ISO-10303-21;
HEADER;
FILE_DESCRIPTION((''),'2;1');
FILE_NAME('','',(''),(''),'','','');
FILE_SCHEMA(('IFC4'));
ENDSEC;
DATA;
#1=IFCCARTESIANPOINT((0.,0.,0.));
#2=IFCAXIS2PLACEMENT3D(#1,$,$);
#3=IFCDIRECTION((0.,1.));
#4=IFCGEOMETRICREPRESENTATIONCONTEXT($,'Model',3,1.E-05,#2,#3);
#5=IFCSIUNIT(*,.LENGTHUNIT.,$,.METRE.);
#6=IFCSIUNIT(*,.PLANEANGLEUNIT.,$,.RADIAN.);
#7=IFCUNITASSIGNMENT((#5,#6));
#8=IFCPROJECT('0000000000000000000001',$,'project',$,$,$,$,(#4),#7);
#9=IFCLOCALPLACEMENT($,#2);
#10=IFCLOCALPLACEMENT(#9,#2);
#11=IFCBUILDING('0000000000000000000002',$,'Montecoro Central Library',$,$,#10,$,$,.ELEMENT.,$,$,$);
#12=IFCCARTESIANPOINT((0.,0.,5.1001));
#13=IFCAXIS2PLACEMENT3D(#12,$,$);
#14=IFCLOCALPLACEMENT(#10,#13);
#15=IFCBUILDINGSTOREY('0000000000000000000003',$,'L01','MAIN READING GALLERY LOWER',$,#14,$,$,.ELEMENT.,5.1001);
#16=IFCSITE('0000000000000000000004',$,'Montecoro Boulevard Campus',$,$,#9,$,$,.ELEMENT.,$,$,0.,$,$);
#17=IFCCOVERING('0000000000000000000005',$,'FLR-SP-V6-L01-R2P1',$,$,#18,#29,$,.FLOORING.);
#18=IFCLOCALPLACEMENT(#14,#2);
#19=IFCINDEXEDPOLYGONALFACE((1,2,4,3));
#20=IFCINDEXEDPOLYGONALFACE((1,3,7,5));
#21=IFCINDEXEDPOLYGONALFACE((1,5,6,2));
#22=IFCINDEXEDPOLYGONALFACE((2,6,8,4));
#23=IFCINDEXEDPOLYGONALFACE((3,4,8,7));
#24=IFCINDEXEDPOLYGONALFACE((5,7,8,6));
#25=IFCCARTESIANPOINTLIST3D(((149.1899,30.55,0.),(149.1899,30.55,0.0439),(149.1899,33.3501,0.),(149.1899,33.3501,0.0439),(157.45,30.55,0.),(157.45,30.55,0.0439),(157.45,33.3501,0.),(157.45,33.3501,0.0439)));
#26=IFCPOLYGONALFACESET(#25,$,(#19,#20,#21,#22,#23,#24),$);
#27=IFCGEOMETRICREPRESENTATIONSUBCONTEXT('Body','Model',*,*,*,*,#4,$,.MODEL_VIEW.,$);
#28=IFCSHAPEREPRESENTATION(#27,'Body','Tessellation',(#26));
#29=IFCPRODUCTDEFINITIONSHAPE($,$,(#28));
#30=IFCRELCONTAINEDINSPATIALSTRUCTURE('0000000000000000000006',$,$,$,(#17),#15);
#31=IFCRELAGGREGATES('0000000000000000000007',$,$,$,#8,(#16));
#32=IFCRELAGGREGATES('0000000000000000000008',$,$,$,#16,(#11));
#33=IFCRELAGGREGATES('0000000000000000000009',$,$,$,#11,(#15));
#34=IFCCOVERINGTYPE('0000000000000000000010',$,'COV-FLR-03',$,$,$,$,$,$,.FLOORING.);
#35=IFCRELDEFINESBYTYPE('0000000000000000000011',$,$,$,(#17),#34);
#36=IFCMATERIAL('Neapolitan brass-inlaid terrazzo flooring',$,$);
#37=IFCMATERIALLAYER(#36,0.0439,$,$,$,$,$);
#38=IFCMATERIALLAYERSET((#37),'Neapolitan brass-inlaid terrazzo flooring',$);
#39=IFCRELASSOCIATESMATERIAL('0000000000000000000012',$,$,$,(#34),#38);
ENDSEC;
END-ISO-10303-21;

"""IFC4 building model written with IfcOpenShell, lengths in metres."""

from ifc_helpers import new_model, si_unit, direction, frame, origin, place, context, subcontext, project, spatial, polyline, outline, extrude, material, layer, layer_set, type_object, element, save


model = new_model("IFC4")

# Units and contexts
model_context = context("Model", 3, precision=1e-05, world=origin(), true_north=direction((0.0, 1.0)))
body_context = subcontext(model_context, "Body", "Model", "MODEL_VIEW")
ifc_project = project(units=[si_unit("LENGTHUNIT", "METRE"), si_unit("PLANEANGLEUNIT", "RADIAN")], contexts=[model_context])

# Site, building, storey
site_placement = place(None, origin())
site = spatial("IfcSite", under=ifc_project, at=site_placement, Name="Montecoro Boulevard Campus", CompositionType="ELEMENT", RefElevation=0.0)
building_placement = place(site_placement, origin())
building = spatial("IfcBuilding", under=site, at=building_placement, Name="Montecoro Central Library", CompositionType="ELEMENT")
storey_placement = place(building_placement, frame((0.0, 0.0, 5.1001)))
storey = spatial("IfcBuildingStorey", under=building, at=storey_placement, Name="L01", Description="MAIN READING GALLERY LOWER", CompositionType="ELEMENT", Elevation=5.1001)

# Covering
ifc_material_1 = material(Name="Neapolitan brass-inlaid terrazzo flooring")
ifc_layer_1 = layer(ifc_material_1, 0.0439)
ifc_layer_set_1 = layer_set([ifc_layer_1], Name="Neapolitan brass-inlaid terrazzo flooring")
covering_type_1 = type_object("IfcCoveringType", Name="COV-FLR-03", PredefinedType="FLOORING", material=ifc_layer_set_1)
covering_1_placement = place(storey_placement, origin())
element("IfcCovering", 1, at=covering_1_placement, inside=storey, type_object=covering_type_1, Name="FLR-SP-V6-L01-R2P1", PredefinedType="FLOORING", context=body_context, shape_type="SweptSolid", body=[
    extrude(outline(polyline([(149.1899, 30.55), (157.45, 30.55), (157.45, 33.3501), (149.1899, 33.3501), (149.1899, 30.55)])), origin(), (0.0, 0.0, 1.0), 0.0439),
])

save(model, "model.ifc")
